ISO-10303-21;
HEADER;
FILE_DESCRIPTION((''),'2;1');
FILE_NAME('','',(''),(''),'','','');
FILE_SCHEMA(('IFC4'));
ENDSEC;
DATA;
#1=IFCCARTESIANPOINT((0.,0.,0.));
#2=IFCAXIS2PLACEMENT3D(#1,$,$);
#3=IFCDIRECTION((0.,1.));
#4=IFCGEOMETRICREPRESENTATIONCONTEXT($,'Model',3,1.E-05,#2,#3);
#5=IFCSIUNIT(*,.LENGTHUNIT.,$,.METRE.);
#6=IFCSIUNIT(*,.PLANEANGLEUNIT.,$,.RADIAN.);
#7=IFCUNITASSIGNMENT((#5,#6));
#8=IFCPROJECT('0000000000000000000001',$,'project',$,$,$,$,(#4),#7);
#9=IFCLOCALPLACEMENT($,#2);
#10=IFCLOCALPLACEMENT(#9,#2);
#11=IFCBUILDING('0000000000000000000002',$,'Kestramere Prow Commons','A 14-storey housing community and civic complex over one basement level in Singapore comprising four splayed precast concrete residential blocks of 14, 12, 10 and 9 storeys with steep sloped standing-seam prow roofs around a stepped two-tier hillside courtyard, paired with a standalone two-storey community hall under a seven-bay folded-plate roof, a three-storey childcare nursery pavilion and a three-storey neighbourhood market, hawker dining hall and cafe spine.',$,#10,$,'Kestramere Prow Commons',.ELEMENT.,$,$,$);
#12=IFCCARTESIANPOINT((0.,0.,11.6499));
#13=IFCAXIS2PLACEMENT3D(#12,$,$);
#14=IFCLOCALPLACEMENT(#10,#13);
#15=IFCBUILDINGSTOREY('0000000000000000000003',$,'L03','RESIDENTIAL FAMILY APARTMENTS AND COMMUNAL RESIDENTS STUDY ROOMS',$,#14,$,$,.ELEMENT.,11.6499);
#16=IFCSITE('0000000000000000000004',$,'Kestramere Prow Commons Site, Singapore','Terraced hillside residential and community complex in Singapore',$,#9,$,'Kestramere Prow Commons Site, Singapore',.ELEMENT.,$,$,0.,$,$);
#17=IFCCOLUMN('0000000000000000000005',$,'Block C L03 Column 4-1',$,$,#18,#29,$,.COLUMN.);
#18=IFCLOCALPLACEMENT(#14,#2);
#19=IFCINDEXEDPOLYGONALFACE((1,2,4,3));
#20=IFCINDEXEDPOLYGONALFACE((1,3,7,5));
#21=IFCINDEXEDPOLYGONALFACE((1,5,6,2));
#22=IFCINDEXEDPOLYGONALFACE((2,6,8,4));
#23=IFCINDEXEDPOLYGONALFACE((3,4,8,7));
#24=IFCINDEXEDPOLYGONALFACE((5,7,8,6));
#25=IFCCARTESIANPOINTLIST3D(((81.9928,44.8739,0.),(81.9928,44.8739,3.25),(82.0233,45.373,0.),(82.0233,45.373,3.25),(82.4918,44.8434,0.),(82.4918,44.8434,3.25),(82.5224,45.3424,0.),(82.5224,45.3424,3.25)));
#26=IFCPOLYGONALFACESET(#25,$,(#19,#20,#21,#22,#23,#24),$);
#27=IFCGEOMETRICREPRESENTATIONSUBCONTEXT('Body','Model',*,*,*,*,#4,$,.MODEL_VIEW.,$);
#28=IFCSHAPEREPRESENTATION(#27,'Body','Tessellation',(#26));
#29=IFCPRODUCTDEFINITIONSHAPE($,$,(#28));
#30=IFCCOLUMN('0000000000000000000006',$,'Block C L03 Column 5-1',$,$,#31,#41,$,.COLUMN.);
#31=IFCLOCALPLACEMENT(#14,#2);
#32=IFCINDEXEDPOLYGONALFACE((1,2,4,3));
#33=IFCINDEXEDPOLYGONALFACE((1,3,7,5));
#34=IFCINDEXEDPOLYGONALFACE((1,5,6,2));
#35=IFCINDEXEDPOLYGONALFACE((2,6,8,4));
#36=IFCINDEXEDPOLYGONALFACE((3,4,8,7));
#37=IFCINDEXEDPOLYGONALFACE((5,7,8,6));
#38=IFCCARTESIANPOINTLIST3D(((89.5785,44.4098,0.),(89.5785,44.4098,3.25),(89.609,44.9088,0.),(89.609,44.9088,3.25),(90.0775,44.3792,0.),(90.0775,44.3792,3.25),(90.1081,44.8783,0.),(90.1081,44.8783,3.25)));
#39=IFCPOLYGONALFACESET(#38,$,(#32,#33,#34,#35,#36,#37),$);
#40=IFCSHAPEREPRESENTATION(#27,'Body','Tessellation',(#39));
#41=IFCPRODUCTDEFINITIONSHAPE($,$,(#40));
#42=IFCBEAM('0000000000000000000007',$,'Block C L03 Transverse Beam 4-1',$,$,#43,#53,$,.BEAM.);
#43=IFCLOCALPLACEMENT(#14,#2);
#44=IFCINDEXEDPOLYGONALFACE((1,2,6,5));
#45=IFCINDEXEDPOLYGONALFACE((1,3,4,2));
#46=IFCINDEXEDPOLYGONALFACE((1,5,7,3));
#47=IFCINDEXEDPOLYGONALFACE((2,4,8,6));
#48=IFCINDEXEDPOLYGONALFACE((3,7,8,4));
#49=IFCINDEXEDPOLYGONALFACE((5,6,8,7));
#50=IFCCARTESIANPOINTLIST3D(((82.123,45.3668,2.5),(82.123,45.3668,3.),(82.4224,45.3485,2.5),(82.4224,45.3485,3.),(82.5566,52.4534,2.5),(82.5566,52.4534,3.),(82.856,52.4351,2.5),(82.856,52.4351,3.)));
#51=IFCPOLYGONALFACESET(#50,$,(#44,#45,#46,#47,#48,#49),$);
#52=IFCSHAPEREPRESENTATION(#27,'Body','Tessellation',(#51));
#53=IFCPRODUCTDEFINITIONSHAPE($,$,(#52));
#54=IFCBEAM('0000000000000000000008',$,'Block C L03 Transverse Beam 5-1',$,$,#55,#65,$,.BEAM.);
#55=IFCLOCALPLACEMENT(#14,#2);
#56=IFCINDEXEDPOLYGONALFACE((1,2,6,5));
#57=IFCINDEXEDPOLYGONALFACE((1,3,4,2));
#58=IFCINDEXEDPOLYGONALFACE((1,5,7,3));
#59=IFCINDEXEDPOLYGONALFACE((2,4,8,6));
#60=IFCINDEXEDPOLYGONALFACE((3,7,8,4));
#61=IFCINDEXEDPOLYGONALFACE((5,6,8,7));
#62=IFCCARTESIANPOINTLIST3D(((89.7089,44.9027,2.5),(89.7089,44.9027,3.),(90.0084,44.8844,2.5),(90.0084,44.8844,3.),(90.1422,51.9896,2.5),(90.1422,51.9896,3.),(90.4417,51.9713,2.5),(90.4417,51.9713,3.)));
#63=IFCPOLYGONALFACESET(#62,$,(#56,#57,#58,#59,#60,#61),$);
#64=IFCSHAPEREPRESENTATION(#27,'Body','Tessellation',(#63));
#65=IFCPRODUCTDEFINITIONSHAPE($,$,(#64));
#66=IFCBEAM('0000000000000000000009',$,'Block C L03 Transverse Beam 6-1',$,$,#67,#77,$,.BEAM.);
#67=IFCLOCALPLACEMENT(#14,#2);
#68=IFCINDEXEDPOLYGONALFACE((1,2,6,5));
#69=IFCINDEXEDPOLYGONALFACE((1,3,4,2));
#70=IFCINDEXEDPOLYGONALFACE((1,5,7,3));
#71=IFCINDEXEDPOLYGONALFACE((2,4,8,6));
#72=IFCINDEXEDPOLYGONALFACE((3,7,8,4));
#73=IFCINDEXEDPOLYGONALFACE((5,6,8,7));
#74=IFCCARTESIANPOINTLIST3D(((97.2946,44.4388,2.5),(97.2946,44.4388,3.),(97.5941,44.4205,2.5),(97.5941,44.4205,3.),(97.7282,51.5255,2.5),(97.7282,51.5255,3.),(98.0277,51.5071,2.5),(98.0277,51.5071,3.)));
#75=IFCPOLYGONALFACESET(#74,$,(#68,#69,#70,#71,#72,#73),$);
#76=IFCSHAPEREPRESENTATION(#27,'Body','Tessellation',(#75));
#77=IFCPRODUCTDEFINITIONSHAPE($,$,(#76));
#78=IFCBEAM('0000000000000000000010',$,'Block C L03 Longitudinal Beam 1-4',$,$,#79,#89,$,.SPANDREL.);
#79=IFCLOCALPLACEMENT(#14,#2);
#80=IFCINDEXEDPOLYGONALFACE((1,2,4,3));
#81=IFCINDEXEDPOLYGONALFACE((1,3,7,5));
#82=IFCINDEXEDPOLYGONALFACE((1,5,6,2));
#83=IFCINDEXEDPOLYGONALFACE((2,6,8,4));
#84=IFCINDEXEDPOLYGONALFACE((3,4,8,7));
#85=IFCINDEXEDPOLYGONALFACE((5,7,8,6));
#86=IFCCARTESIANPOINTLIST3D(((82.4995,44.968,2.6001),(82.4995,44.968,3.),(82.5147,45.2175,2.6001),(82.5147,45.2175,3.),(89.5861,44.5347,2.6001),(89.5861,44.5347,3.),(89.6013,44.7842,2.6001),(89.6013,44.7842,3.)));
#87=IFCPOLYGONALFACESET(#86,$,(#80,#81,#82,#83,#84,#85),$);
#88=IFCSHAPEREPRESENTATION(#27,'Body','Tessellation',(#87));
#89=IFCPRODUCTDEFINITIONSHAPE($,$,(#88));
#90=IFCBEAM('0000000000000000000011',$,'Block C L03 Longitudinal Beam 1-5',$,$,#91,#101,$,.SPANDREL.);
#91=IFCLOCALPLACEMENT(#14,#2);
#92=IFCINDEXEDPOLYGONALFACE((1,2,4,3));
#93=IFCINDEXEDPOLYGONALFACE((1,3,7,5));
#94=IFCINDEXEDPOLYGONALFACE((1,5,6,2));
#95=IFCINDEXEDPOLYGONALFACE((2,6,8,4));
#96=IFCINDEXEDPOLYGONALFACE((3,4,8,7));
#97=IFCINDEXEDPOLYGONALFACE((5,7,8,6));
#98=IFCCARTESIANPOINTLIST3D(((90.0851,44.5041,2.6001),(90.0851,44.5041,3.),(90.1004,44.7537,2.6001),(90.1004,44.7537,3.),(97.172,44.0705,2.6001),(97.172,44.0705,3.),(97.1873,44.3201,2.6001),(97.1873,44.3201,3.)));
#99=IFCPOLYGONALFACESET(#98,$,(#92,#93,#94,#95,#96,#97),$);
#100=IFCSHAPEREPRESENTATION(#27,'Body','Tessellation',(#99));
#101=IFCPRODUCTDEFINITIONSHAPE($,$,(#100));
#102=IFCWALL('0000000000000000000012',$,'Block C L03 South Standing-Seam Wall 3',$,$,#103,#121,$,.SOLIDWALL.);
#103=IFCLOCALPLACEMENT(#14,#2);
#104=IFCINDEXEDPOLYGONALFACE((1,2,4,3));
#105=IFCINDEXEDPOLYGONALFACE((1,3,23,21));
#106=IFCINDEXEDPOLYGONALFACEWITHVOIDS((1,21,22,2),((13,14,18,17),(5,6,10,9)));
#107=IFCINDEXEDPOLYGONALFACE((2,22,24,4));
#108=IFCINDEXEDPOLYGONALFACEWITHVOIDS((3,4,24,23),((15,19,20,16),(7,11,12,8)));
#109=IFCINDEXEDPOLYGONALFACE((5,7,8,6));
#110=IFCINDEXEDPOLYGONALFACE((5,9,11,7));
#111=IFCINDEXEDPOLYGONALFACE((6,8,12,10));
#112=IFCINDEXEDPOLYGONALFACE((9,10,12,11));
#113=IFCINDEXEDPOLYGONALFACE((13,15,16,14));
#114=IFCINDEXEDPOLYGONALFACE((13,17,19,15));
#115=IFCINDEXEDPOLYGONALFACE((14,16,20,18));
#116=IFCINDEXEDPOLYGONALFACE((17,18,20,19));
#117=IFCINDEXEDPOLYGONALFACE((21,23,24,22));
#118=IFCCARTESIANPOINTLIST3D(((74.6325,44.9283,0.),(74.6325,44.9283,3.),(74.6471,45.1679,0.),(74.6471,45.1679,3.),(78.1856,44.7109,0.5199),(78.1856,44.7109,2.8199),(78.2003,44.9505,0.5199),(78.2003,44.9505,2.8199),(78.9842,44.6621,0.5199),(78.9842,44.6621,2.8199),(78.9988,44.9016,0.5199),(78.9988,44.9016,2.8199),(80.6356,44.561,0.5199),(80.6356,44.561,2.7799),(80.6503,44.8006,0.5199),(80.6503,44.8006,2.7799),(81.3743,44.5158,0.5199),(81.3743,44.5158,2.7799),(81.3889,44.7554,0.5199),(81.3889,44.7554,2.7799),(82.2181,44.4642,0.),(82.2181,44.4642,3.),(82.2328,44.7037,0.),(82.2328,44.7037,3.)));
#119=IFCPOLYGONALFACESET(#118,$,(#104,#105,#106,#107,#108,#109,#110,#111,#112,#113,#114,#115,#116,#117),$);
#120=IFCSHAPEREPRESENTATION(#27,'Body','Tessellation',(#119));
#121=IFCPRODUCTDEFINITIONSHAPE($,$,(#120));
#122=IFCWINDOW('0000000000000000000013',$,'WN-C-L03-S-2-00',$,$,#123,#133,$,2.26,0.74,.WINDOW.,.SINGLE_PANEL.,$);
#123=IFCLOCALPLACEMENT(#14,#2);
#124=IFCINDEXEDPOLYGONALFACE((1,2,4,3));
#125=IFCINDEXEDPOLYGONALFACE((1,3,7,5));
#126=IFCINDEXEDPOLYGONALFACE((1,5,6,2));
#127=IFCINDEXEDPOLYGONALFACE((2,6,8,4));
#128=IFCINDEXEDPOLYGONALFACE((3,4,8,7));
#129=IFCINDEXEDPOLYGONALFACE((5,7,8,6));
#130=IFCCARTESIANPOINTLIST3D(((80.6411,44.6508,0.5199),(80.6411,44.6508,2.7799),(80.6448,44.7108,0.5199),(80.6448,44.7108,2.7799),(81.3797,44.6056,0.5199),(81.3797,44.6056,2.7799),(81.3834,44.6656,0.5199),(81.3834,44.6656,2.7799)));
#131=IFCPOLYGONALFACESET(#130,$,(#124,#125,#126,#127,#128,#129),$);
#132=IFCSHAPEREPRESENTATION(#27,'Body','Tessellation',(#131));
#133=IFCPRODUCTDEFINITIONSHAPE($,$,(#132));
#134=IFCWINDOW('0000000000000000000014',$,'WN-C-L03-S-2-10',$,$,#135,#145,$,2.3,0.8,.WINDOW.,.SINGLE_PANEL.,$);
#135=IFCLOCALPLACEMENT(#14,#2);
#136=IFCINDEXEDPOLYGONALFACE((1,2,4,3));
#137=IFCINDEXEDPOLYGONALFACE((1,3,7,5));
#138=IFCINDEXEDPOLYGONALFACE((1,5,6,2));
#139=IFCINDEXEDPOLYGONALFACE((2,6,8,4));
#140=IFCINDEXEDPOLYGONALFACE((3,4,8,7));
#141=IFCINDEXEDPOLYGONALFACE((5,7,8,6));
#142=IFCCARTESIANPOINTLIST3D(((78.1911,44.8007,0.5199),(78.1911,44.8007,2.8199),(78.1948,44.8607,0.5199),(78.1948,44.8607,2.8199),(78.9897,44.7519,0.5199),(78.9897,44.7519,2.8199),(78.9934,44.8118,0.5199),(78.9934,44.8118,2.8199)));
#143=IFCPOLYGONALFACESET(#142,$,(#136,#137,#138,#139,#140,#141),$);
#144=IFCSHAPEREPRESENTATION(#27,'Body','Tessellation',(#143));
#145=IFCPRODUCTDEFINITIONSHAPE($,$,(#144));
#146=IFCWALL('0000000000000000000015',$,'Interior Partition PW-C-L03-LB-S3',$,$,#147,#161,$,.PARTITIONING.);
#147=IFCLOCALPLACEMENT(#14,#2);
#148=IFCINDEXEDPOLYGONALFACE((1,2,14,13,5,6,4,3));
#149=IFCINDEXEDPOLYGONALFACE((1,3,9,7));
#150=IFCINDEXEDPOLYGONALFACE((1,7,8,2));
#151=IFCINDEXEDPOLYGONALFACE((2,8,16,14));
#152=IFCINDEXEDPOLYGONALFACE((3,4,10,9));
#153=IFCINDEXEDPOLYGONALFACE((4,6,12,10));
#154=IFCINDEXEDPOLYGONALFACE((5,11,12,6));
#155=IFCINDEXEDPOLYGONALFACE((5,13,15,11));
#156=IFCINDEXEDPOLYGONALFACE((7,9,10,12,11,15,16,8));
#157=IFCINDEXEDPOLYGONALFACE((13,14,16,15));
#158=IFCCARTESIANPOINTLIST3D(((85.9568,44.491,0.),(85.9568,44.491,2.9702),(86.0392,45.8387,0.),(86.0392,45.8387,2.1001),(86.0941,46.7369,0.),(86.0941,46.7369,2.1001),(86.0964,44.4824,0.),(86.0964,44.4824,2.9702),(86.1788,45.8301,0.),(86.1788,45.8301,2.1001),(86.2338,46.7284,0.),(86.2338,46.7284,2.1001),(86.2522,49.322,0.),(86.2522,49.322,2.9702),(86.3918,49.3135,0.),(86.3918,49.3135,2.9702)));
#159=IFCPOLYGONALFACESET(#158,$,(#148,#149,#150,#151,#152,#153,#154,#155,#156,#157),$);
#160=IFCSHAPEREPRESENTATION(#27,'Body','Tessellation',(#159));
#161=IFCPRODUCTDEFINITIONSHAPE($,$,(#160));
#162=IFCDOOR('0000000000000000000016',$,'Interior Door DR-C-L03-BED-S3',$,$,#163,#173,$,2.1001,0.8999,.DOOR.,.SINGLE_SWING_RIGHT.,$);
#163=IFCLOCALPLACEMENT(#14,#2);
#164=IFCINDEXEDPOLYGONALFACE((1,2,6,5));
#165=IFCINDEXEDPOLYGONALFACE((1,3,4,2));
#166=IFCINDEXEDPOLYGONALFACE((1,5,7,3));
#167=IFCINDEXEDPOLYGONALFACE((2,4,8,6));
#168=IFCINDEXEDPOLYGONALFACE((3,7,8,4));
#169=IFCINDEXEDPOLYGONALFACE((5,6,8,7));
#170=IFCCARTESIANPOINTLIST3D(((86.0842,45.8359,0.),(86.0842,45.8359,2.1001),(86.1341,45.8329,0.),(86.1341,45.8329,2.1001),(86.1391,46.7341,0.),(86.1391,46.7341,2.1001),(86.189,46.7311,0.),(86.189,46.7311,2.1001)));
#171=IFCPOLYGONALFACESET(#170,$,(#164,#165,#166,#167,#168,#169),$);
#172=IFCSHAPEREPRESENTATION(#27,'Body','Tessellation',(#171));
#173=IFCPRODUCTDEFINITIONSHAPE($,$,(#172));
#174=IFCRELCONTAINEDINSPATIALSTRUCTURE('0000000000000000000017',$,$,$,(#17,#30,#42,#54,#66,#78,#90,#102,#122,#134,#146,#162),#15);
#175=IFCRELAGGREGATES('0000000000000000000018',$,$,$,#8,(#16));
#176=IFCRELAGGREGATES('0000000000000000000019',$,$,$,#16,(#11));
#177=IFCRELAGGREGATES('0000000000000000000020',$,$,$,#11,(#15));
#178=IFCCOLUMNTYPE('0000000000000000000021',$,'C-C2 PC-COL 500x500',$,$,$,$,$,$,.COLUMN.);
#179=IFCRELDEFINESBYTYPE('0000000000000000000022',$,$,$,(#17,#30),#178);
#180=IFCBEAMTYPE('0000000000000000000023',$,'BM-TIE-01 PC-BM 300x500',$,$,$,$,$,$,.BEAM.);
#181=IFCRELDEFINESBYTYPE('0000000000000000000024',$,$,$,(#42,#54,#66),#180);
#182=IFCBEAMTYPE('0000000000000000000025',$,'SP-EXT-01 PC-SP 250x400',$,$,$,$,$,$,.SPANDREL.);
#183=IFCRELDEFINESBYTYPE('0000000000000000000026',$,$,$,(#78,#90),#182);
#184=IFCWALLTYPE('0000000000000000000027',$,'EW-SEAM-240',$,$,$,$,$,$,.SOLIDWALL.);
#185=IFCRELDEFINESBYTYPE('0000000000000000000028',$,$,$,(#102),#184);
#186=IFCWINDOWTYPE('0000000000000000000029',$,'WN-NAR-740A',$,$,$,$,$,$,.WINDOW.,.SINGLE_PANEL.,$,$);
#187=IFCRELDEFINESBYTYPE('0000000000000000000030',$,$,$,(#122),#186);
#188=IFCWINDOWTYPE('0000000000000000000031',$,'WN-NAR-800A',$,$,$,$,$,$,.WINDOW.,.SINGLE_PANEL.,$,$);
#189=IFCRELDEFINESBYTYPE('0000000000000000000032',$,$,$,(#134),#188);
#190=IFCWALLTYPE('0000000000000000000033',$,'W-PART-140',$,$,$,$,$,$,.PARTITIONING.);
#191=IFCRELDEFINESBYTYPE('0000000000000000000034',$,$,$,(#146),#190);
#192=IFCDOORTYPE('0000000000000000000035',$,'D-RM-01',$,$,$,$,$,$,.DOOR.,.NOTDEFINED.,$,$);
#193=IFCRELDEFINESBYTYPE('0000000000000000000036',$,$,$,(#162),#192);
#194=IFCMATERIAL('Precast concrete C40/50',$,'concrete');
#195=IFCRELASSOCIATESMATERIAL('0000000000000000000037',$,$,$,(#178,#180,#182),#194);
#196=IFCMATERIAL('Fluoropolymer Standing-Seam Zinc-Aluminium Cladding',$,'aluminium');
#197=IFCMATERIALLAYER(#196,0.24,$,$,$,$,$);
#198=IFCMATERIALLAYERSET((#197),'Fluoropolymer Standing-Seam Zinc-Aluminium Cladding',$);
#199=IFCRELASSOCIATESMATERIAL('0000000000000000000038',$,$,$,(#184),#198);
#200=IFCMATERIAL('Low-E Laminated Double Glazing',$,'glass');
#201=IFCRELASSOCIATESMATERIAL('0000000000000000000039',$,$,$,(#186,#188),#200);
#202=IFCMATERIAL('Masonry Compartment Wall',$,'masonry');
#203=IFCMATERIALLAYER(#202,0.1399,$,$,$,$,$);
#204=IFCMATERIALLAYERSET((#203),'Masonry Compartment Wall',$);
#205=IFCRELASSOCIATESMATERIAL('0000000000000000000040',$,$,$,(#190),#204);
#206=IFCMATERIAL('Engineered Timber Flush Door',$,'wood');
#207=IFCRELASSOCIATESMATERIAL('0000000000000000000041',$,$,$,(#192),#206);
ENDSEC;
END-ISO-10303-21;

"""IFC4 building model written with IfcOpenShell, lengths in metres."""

from ifc_helpers import new_model, si_unit, direction, frame, frame_2d, origin, origin_2d, place, context, subcontext, project, spatial, rectangle, extrude, material, layer, layer_set, material_profile, profile_set, type_object, element, fill, save


model = new_model("IFC4")

# Units and contexts
model_context = context("Model", 3, precision=1e-05, world=origin(), true_north=direction((0.0, 1.0)))
body_context = subcontext(model_context, "Body", "Model", "MODEL_VIEW")
ifc_project = project(units=[si_unit("LENGTHUNIT", "METRE"), si_unit("PLANEANGLEUNIT", "RADIAN")], contexts=[model_context])

# Site, building, storey
site_placement = place(None, origin())
site = spatial("IfcSite", under=ifc_project, at=site_placement, Name="Kestramere Prow Commons Site, Singapore", Description="Terraced hillside residential and community complex in Singapore", LongName="Kestramere Prow Commons Site, Singapore", CompositionType="ELEMENT", RefElevation=0.0)
building_placement = place(site_placement, origin())
building = spatial("IfcBuilding", under=site, at=building_placement, Name="Kestramere Prow Commons", Description="A 14-storey housing community and civic complex over one basement level in Singapore comprising four splayed precast concrete residential blocks of 14, 12, 10 and 9 storeys with steep sloped standing-seam prow roofs around a stepped two-tier hillside courtyard, paired with a standalone two-storey community hall under a seven-bay folded-plate roof, a three-storey childcare nursery pavilion and a three-storey neighbourhood market, hawker dining hall and cafe spine.", LongName="Kestramere Prow Commons", CompositionType="ELEMENT")
storey_placement = place(building_placement, frame((0.0, 0.0, 11.6499)))
storey = spatial("IfcBuildingStorey", under=building, at=storey_placement, Name="L03", Description="RESIDENTIAL FAMILY APARTMENTS AND COMMUNAL RESIDENTS STUDY ROOMS", CompositionType="ELEMENT", Elevation=11.6499)

# Columns
ifc_material_1 = material(Name="Precast concrete C40/50", Category="concrete")
ifc_material_profile_1 = material_profile(ifc_material_1, rectangle(XDim=0.5, YDim=0.5, at=origin_2d()), Name="PC-COL 500x500")
ifc_profile_set_1 = profile_set([ifc_material_profile_1], Name="Precast concrete C40/50")
column_type = type_object("IfcColumnType", Name="C-C2 PC-COL 500x500", PredefinedType="COLUMN", material=ifc_profile_set_1)
for number, where, z_axis, x_axis, name in (
    (1, (82.2576, 45.1082, 0.0), (0.0, 0.0, 1.0), (0.998135, -0.061049, 0.0), "Block C L03 Column 4-1"),
    (2, (89.8433, 44.644, 0.0), (0.0, 0.0, 1.0), (0.998135, -0.061049, 0.0), "Block C L03 Column 5-1"),
):
    element("IfcColumn", number, at=place(storey_placement, frame(where, z_axis=z_axis, x_axis=x_axis)), inside=storey, type_object=column_type, Name=name, PredefinedType="COLUMN", context=body_context, shape_type="SweptSolid", body=[
        extrude(rectangle(XDim=0.5, YDim=0.5, at=origin_2d()), origin(), (0.0, 0.0, 1.0), 3.25),
    ])

# Beams
ifc_material_profile_2 = material_profile(ifc_material_1, rectangle(XDim=0.3, YDim=0.5, at=origin_2d()), Name="PC-BM 300x500")
ifc_profile_set_2 = profile_set([ifc_material_profile_2], Name="Precast concrete C40/50")
beam_type_1 = type_object("IfcBeamType", Name="BM-TIE-01 PC-BM 300x500", PredefinedType="BEAM", material=ifc_profile_set_2)
beam_1_placement = place(storey_placement, frame((82.2727, 45.3577, 2.75), z_axis=(0.06107, 0.998133, 0.0), x_axis=(-0.998133, 0.06107, 0.0)))
element("IfcBeam", 3, at=beam_1_placement, inside=storey, type_object=beam_type_1, Name="Block C L03 Transverse Beam 4-1", PredefinedType="BEAM", context=body_context, shape_type="SweptSolid", body=[
    extrude(rectangle(XDim=0.3, YDim=0.5, at=origin_2d()), origin(), (0.0, 0.0, 1.0), 7.0999),
])
beam_2_placement = place(storey_placement, frame((89.8586, 44.8936, 2.75), z_axis=(0.061034, 0.998136, 0.0), x_axis=(-0.998136, 0.061034, 0.0)))
element("IfcBeam", 4, at=beam_2_placement, inside=storey, type_object=beam_type_1, Name="Block C L03 Transverse Beam 5-1", PredefinedType="BEAM", context=body_context, shape_type="SweptSolid", body=[
    extrude(rectangle(XDim=0.3, YDim=0.5, at=origin_2d()), origin(), (0.0, 0.0, 1.0), 7.1001),
])
beam_3_placement = place(storey_placement, frame((97.4443, 44.4297, 2.75), z_axis=(0.06107, 0.998133, 0.0), x_axis=(-0.998133, 0.06107, 0.0)))
element("IfcBeam", 5, at=beam_3_placement, inside=storey, type_object=beam_type_1, Name="Block C L03 Transverse Beam 6-1", PredefinedType="BEAM", context=body_context, shape_type="SweptSolid", body=[
    extrude(rectangle(XDim=0.3, YDim=0.5, at=origin_2d()), origin(), (0.0, 0.0, 1.0), 7.0999),
])
ifc_material_profile_3 = material_profile(ifc_material_1, rectangle(XDim=0.25, YDim=0.3999, at=origin_2d()), Name="PC-SP 250x400")
ifc_profile_set_3 = profile_set([ifc_material_profile_3], Name="Precast concrete C40/50")
beam_type_2 = type_object("IfcBeamType", Name="SP-EXT-01 PC-SP 250x400", PredefinedType="SPANDREL", material=ifc_profile_set_3)
beam_4_placement = place(storey_placement, frame((82.5071, 45.0928, 2.8), z_axis=(0.998136, -0.061036, 0.0), x_axis=(0.061036, 0.998136, 0.0)))
element("IfcBeam", 6, at=beam_4_placement, inside=storey, type_object=beam_type_2, Name="Block C L03 Longitudinal Beam 1-4", PredefinedType="SPANDREL", context=body_context, shape_type="SweptSolid", body=[
    extrude(rectangle(XDim=0.25, YDim=0.3999, at=origin_2d()), origin(), (0.0, 0.0, 1.0), 7.0999),
])
beam_5_placement = place(storey_placement, frame((90.0928, 44.6289, 2.8), z_axis=(0.998134, -0.061068, 0.0), x_axis=(0.061068, 0.998134, 0.0)))
element("IfcBeam", 7, at=beam_5_placement, inside=storey, type_object=beam_type_2, Name="Block C L03 Longitudinal Beam 1-5", PredefinedType="SPANDREL", context=body_context, shape_type="SweptSolid", body=[
    extrude(rectangle(XDim=0.25, YDim=0.3999, at=origin_2d()), origin(), (0.0, 0.0, 1.0), 7.1001),
])

# Shared definitions
ifc_material_2 = material(Name="Fluoropolymer Standing-Seam Zinc-Aluminium Cladding", Category="aluminium")
ifc_layer_1 = layer(ifc_material_2, 0.24)
ifc_layer_set_1 = layer_set([ifc_layer_1], Name="Fluoropolymer Standing-Seam Zinc-Aluminium Cladding")
wall_type_1 = type_object("IfcWallType", Name="EW-SEAM-240", PredefinedType="SOLIDWALL", material=ifc_layer_set_1)
ifc_material_3 = material(Name="Low-E Laminated Double Glazing", Category="glass")

# Wall, openings, windows
wall_1_placement = place(storey_placement, frame((82.2253, 44.584, 0.0), z_axis=(0.0, 0.0, 1.0), x_axis=(-0.998134, 0.061068, 0.0)))
wall_1 = element("IfcWall", 8, at=wall_1_placement, inside=storey, type_object=wall_type_1, Name="Block C L03 South Standing-Seam Wall 3", PredefinedType="SOLIDWALL", context=body_context, shape_type="SweptSolid", body=[
    extrude(rectangle(XDim=7.5999, YDim=0.24, at=frame_2d((3.7998, 0.0))), origin(), (0.0, 0.0, 1.0), 3.0),
])
opening_1_placement = place(wall_1_placement, frame((0.8452, 0.0, 0.52)))
opening_1 = element("IfcOpeningElement", 9, at=opening_1_placement, cuts=wall_1, PredefinedType="OPENING", context=body_context, shape_type="SweptSolid", body=[
    extrude(rectangle(XDim=0.74, YDim=2.26, at=frame_2d((0.3701, 1.1299))), frame((0.0, 0.135, 0.0), z_axis=(0.0, -1.0, 0.0), x_axis=(1.0, 0.0, 0.0)), (0.0, 0.0, 1.0), 0.27),
])
opening_2_placement = place(wall_1_placement, frame((3.24, 0.0, 0.52)))
opening_2 = element("IfcOpeningElement", 10, at=opening_2_placement, cuts=wall_1, PredefinedType="OPENING", context=body_context, shape_type="SweptSolid", body=[
    extrude(rectangle(XDim=0.8, YDim=2.3, at=frame_2d((0.3999, 1.1499))), frame((0.0, 0.135, 0.0), z_axis=(0.0, -1.0, 0.0), x_axis=(1.0, 0.0, 0.0)), (0.0, 0.0, 1.0), 0.27),
])
window_type_1 = type_object("IfcWindowType", Name="WN-NAR-740A", PartitioningType="SINGLE_PANEL", PredefinedType="WINDOW", material=ifc_material_3)
window_1_placement = place(opening_1_placement, origin())
window_1 = element("IfcWindow", 11, at=window_1_placement, inside=storey, type_object=window_type_1, Name="WN-C-L03-S-2-00", OverallHeight=2.26, OverallWidth=0.74, PartitioningType="SINGLE_PANEL", PredefinedType="WINDOW", context=body_context, shape_type="SweptSolid", body=[
    extrude(rectangle(XDim=0.74, YDim=2.26, at=frame_2d((0.3701, 1.1299))), frame((0.0, 0.03, 0.0), z_axis=(0.0, -1.0, 0.0), x_axis=(1.0, 0.0, 0.0)), (0.0, 0.0, 1.0), 0.0601),
])
fill(opening_1, window_1)
window_type_2 = type_object("IfcWindowType", Name="WN-NAR-800A", PartitioningType="SINGLE_PANEL", PredefinedType="WINDOW", material=ifc_material_3)
window_2_placement = place(opening_2_placement, origin())
window_2 = element("IfcWindow", 12, at=window_2_placement, inside=storey, type_object=window_type_2, Name="WN-C-L03-S-2-10", OverallHeight=2.3, OverallWidth=0.8, PartitioningType="SINGLE_PANEL", PredefinedType="WINDOW", context=body_context, shape_type="SweptSolid", body=[
    extrude(rectangle(XDim=0.8, YDim=2.3, at=frame_2d((0.3999, 1.1499))), frame((0.0, 0.03, 0.0), z_axis=(0.0, -1.0, 0.0), x_axis=(1.0, 0.0, 0.0)), (0.0, 0.0, 1.0), 0.0601),
])
fill(opening_2, window_2)

# Wall, opening, door
ifc_material_4 = material(Name="Masonry Compartment Wall", Category="masonry")
ifc_layer_2 = layer(ifc_material_4, 0.1399)
ifc_layer_set_2 = layer_set([ifc_layer_2], Name="Masonry Compartment Wall")
wall_type_2 = type_object("IfcWallType", Name="W-PART-140", PredefinedType="PARTITIONING", material=ifc_layer_set_2)
wall_2_placement = place(storey_placement, frame((86.0266, 44.4868, 0.0), z_axis=(0.0, 0.0, 1.0), x_axis=(0.061034, 0.998136, 0.0)))
wall_2 = element("IfcWall", 13, at=wall_2_placement, inside=storey, type_object=wall_type_2, Name="Interior Partition PW-C-L03-LB-S3", PredefinedType="PARTITIONING", context=body_context, shape_type="SweptSolid", body=[
    extrude(rectangle(XDim=4.8401, YDim=0.1399, at=frame_2d((2.4199, 0.0))), origin(), (0.0, 0.0, 1.0), 2.9702),
])
opening_3_placement = place(wall_2_placement, frame((1.3501, 0.0, 0.0)))
opening_3 = element("IfcOpeningElement", 14, at=opening_3_placement, cuts=wall_2, PredefinedType="OPENING", context=body_context, shape_type="SweptSolid", body=[
    extrude(rectangle(XDim=0.8999, YDim=2.1001, at=frame_2d((0.45, 1.05))), frame((0.0, 0.085, 0.0), z_axis=(0.0, -1.0, 0.0), x_axis=(1.0, 0.0, 0.0)), (0.0, 0.0, 1.0), 0.1699),
])
ifc_material_5 = material(Name="Engineered Timber Flush Door", Category="wood")
door_type_1 = type_object("IfcDoorType", Name="D-RM-01", OperationType="NOTDEFINED", PredefinedType="DOOR", material=ifc_material_5)
door_1_placement = place(opening_3_placement, origin())
door_1 = element("IfcDoor", 15, at=door_1_placement, inside=storey, type_object=door_type_1, Name="Interior Door DR-C-L03-BED-S3", OperationType="SINGLE_SWING_RIGHT", OverallHeight=2.1001, OverallWidth=0.8999, PredefinedType="DOOR", context=body_context, shape_type="SweptSolid", body=[
    extrude(rectangle(XDim=0.8999, YDim=2.1001, at=frame_2d((0.45, 1.05))), frame((0.0, 0.0249, 0.0), z_axis=(0.0, -1.0, 0.0), x_axis=(1.0, 0.0, 0.0)), (0.0, 0.0, 1.0), 0.05),
])
fill(opening_3, door_1)

save(model, "model.ifc")
